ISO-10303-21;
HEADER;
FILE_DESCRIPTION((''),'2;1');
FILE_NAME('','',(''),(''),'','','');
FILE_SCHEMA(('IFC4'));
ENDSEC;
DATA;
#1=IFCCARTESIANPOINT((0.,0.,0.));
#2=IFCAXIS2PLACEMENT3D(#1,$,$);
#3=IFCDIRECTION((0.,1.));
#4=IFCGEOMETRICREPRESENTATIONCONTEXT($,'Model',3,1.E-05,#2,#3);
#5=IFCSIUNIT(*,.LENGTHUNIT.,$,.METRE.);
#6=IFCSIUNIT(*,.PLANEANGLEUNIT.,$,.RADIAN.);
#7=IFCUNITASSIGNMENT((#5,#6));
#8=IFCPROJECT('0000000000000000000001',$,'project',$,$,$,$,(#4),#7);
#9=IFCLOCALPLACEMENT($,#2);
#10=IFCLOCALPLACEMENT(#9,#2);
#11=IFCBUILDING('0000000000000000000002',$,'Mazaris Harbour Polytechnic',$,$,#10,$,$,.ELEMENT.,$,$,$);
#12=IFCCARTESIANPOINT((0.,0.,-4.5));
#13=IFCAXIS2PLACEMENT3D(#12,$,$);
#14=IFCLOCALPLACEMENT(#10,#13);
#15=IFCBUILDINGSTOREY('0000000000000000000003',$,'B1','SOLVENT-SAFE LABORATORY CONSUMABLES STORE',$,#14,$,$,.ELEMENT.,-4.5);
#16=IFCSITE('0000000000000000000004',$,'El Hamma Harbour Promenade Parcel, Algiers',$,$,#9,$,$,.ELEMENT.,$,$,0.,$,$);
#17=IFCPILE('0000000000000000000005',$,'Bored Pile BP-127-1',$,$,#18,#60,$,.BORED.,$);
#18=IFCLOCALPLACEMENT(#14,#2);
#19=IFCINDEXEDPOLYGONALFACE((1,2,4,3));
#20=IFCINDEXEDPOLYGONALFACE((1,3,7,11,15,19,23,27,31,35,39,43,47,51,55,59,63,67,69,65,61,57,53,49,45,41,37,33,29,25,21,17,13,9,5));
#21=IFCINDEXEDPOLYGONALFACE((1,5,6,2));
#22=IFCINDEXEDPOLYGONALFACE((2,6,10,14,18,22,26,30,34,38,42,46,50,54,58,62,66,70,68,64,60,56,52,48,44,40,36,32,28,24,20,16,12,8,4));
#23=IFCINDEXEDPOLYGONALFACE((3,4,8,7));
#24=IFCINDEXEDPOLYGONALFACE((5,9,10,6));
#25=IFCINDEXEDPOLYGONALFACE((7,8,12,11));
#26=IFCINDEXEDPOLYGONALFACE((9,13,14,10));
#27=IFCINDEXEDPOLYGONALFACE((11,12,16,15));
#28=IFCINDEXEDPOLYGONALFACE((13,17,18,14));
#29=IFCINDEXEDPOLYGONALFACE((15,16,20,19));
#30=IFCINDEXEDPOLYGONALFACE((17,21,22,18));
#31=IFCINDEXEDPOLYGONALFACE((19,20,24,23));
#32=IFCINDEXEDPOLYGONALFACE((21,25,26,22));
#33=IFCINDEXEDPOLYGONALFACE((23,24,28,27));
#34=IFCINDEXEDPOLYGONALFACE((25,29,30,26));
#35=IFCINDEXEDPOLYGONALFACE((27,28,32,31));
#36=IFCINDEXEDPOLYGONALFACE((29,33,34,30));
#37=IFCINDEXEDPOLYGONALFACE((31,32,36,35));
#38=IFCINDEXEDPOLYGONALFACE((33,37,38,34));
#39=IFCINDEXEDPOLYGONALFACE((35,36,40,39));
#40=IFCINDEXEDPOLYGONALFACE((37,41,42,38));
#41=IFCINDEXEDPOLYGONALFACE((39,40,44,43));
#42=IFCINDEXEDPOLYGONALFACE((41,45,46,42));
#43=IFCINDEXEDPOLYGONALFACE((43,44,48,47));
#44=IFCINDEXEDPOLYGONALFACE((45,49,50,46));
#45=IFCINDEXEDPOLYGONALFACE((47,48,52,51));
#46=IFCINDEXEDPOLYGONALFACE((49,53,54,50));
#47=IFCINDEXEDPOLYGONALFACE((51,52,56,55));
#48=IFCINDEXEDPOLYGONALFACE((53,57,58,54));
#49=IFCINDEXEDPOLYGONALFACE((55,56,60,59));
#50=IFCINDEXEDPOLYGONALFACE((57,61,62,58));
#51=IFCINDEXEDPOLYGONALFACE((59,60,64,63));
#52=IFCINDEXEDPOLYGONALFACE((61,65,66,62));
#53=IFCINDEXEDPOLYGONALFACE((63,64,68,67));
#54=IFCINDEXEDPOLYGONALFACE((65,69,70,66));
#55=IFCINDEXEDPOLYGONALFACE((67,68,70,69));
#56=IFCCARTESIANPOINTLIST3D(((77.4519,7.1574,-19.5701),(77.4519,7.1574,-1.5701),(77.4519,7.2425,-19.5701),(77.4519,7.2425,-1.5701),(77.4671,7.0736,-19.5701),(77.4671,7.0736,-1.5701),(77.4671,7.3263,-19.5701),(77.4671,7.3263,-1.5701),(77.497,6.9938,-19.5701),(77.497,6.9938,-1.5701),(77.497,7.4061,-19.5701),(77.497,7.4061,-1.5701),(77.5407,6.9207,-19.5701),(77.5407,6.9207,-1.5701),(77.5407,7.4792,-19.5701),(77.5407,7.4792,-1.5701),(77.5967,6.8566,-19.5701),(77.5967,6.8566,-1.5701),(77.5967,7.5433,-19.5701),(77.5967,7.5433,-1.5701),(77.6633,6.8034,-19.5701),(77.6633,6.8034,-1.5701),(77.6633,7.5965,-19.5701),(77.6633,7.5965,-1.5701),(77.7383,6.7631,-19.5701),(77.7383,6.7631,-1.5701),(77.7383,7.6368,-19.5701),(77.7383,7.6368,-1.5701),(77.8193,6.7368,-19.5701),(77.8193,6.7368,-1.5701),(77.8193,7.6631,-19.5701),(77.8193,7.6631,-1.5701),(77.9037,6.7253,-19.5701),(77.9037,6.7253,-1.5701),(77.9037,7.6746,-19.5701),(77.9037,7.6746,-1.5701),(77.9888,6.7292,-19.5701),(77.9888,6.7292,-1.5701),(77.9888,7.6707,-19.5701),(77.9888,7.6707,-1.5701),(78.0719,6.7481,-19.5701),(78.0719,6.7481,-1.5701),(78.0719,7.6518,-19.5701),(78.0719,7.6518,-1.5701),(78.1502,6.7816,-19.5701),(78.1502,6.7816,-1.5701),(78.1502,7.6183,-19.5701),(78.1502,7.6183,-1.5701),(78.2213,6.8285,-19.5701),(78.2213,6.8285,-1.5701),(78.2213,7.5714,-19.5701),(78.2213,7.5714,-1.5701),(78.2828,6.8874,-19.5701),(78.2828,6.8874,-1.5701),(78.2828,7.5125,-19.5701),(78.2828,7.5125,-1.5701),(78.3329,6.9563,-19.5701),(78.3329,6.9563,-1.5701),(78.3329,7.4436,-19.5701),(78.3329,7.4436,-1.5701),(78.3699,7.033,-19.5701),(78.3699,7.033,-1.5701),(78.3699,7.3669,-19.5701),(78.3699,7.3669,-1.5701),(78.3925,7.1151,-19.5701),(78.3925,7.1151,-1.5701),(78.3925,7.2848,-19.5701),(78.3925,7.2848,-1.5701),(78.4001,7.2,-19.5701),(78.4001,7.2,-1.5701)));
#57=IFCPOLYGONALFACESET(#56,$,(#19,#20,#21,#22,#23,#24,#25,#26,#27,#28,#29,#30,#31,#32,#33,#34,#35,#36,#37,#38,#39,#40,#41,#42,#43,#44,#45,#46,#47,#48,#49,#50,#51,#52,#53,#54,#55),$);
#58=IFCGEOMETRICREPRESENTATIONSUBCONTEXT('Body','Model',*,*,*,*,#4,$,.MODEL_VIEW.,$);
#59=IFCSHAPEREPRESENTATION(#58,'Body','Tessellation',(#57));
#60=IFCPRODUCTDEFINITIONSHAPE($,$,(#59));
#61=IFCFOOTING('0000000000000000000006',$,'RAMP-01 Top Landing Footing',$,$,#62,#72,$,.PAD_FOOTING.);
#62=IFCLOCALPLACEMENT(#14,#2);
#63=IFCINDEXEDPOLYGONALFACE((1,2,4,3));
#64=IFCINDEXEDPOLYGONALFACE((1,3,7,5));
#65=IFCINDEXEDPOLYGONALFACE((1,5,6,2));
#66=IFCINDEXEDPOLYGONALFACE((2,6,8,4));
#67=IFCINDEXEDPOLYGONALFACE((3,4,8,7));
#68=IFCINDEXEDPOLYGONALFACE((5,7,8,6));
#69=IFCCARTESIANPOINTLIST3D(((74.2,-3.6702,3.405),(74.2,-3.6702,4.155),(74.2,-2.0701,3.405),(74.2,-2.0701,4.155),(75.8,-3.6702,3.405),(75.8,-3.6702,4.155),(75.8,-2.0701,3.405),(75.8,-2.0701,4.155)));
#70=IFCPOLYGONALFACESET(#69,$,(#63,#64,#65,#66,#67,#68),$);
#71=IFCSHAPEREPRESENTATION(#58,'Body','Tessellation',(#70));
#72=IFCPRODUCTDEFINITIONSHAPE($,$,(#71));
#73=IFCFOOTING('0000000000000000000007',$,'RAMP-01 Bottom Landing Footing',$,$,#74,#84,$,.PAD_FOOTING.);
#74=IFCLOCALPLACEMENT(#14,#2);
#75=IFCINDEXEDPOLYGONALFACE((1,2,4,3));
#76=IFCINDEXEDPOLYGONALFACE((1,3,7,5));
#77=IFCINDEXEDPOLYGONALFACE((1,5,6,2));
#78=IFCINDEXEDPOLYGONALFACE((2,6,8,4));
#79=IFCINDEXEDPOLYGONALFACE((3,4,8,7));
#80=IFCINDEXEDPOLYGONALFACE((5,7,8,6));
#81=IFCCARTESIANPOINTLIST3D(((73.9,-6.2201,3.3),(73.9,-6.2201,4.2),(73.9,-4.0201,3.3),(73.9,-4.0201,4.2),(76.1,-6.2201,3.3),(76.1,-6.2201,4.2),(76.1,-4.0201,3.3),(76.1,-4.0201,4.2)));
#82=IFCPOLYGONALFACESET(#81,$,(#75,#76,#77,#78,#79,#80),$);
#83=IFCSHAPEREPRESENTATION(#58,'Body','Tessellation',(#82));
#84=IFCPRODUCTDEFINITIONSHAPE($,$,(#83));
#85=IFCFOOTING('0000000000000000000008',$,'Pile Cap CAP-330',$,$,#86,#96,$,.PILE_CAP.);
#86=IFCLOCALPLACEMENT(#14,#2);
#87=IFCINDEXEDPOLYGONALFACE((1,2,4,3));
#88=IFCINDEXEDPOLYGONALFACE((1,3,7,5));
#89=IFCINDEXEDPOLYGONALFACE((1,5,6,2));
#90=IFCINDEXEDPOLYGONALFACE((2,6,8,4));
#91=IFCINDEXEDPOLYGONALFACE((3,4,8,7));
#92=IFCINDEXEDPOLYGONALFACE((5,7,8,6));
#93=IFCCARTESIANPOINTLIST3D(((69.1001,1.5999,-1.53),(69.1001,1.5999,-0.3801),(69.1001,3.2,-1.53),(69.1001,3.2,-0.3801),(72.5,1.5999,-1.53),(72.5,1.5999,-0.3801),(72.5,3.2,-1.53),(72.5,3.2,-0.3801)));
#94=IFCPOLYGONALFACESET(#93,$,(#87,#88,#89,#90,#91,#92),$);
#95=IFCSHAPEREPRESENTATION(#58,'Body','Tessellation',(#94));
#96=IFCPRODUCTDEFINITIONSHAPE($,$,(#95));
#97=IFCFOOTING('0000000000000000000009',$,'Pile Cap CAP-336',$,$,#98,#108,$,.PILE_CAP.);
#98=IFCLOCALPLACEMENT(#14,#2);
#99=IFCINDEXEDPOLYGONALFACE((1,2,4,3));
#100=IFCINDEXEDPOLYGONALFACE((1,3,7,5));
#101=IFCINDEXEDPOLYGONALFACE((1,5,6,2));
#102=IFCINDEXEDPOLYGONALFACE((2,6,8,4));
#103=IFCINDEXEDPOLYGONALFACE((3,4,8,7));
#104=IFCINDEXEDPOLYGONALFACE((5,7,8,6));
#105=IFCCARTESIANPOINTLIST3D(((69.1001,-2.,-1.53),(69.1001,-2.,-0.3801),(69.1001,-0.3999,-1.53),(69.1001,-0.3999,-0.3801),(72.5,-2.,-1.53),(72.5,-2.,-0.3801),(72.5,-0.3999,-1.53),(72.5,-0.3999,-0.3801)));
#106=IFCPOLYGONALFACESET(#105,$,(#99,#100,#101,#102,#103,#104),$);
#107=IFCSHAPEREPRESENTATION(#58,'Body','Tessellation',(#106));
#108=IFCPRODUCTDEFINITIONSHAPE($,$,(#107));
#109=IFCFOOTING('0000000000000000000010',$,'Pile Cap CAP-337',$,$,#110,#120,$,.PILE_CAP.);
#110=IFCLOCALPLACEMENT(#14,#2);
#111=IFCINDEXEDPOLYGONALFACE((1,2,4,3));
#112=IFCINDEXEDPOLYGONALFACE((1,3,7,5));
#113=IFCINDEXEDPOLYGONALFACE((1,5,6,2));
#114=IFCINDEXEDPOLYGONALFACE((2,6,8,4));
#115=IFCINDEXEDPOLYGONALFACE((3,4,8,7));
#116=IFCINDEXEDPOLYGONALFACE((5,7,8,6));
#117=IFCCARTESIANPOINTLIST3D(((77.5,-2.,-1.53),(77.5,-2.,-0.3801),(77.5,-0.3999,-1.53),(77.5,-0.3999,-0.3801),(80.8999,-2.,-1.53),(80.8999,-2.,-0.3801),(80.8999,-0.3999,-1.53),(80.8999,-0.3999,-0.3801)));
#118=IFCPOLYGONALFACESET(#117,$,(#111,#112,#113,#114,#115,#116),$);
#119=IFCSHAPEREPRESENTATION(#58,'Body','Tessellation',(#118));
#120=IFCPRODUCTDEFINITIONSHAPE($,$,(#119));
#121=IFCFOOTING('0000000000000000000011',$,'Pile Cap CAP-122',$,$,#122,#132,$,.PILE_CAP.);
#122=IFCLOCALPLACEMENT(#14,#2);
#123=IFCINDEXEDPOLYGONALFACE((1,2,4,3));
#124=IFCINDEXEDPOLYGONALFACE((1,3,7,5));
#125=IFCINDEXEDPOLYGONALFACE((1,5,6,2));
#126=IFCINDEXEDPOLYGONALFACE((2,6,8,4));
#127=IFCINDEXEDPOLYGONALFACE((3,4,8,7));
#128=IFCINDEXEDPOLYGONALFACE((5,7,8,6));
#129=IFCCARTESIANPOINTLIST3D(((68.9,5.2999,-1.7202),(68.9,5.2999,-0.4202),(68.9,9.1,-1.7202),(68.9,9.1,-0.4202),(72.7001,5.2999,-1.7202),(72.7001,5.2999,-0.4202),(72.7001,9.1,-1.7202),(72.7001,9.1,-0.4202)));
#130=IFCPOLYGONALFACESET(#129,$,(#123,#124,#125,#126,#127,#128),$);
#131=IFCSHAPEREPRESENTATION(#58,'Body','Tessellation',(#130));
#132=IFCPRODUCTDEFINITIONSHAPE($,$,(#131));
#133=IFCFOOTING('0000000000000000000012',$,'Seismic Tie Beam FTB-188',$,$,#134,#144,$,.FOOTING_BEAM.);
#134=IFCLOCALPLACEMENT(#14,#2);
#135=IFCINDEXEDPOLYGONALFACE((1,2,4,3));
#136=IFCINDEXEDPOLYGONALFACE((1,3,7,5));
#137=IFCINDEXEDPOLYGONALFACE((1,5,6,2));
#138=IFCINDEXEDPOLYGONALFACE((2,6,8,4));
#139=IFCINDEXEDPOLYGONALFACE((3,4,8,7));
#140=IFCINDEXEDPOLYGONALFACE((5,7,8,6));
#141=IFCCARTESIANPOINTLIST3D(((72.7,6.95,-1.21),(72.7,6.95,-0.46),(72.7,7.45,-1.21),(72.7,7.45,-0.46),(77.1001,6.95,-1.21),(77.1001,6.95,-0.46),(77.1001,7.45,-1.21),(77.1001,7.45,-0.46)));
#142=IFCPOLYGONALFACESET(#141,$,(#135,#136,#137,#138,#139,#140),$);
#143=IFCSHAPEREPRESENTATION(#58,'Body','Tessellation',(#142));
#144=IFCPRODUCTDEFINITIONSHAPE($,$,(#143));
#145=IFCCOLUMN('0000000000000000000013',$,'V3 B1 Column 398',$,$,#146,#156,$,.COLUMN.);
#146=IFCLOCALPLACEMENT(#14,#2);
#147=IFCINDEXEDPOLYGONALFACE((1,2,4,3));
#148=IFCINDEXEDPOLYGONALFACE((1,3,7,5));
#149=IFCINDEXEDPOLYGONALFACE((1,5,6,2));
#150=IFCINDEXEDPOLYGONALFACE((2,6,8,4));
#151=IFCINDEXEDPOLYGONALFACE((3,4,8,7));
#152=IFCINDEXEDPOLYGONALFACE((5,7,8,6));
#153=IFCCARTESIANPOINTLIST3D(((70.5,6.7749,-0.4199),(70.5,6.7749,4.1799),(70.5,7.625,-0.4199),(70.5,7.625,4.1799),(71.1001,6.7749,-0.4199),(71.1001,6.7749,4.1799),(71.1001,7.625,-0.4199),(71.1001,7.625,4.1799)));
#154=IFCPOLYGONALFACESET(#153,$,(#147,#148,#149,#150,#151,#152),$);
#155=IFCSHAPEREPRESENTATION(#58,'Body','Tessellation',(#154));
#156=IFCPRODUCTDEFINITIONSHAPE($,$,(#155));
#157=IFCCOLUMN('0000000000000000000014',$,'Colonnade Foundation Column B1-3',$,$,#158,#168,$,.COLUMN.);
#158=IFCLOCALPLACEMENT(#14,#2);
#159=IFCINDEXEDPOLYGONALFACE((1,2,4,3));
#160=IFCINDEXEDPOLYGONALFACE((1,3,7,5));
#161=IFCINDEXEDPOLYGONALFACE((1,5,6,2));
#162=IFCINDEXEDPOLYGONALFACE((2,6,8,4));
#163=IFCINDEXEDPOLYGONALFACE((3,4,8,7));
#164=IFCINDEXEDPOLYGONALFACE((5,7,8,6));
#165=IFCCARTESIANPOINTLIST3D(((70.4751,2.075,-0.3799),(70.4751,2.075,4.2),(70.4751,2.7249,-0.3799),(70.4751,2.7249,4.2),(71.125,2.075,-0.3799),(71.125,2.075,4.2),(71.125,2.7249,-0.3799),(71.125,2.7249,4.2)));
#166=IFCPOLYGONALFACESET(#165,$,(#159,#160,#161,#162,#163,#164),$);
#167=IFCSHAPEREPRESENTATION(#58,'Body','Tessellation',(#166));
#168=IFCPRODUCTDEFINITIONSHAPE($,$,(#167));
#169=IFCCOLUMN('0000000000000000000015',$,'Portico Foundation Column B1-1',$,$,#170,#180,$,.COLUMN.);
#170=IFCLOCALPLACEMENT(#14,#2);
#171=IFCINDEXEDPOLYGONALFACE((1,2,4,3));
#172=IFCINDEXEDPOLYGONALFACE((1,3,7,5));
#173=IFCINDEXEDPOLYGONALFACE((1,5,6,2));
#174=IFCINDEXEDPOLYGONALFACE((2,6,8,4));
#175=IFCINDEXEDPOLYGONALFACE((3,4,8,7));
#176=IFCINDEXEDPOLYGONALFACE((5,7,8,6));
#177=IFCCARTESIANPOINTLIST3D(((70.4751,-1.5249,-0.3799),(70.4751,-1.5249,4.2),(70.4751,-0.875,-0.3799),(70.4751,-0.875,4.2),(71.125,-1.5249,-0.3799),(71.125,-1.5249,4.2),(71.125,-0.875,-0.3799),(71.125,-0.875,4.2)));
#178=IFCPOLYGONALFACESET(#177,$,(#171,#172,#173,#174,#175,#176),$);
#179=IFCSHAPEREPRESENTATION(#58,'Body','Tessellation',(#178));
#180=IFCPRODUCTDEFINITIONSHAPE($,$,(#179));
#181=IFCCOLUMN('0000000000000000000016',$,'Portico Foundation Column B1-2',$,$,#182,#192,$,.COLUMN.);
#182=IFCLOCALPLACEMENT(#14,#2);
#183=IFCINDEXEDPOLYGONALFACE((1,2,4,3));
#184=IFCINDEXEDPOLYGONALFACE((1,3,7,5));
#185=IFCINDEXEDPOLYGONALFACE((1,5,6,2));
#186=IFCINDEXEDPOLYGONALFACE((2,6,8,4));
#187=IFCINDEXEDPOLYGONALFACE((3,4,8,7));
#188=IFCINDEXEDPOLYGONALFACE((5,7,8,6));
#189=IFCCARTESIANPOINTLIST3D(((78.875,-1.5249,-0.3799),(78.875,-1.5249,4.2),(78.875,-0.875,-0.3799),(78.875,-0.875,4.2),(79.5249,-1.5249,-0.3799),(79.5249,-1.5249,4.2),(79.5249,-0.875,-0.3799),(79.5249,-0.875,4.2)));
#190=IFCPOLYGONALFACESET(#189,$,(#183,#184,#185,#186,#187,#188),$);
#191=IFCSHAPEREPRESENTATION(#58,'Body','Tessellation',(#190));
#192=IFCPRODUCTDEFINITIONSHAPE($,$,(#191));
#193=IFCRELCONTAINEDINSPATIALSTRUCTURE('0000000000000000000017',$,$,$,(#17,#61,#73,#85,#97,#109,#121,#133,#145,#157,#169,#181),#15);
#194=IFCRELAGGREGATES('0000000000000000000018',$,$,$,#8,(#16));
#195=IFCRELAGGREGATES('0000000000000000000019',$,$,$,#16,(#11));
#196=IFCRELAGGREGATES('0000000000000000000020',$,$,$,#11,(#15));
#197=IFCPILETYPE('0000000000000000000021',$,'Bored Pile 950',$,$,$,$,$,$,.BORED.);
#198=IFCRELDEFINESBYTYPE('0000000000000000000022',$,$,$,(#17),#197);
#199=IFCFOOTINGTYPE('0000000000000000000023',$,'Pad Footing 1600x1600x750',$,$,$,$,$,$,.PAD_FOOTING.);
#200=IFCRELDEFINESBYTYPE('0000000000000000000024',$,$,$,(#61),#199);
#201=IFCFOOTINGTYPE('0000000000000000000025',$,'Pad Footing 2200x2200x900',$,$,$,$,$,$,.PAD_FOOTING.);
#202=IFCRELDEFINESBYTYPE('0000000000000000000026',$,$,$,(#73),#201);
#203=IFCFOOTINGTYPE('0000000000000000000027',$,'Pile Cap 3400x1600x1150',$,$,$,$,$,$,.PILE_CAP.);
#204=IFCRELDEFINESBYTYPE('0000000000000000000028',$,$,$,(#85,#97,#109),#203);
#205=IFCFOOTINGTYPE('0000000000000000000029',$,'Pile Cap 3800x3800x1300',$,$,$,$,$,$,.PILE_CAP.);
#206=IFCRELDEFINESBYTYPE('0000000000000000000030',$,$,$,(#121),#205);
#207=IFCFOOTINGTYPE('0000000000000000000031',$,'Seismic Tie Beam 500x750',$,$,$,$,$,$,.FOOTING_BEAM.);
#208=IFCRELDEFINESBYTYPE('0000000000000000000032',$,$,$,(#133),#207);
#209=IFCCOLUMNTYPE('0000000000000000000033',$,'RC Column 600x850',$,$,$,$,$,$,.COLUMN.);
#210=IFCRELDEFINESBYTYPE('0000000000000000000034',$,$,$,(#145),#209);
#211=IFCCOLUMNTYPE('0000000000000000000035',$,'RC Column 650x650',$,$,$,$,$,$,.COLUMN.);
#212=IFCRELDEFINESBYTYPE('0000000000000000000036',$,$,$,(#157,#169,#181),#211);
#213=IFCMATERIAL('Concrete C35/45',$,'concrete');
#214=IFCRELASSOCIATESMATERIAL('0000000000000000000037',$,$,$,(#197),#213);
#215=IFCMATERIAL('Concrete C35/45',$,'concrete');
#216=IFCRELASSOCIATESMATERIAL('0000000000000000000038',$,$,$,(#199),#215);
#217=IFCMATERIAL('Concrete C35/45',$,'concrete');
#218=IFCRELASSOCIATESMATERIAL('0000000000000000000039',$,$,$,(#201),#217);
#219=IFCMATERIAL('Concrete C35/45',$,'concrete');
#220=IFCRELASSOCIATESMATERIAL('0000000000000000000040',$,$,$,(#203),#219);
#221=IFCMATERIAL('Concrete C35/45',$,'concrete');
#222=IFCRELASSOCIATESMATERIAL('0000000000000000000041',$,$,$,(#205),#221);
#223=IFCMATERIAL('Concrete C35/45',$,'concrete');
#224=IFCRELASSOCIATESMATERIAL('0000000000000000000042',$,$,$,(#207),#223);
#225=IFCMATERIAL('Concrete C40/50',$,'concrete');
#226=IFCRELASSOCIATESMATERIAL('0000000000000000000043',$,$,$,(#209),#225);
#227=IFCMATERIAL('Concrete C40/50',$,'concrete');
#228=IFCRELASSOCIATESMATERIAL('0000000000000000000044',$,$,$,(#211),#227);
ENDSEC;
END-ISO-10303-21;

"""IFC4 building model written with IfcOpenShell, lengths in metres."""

from ifc_helpers import new_model, si_unit, direction, frame, origin, origin_2d, place, context, subcontext, project, spatial, rectangle, circle, extrude, material, material_profile, profile_set, type_object, element, save


model = new_model("IFC4")

# Units and contexts
model_context = context("Model", 3, precision=1e-05, world=origin(), true_north=direction((0.0, 1.0)))
body_context = subcontext(model_context, "Body", "Model", "MODEL_VIEW")
ifc_project = project(units=[si_unit("LENGTHUNIT", "METRE"), si_unit("PLANEANGLEUNIT", "RADIAN")], contexts=[model_context])

# Site, building, storey
site_placement = place(None, origin())
site = spatial("IfcSite", under=ifc_project, at=site_placement, Name="El Hamma Harbour Promenade Parcel, Algiers", CompositionType="ELEMENT", RefElevation=0.0)
building_placement = place(site_placement, origin())
building = spatial("IfcBuilding", under=site, at=building_placement, Name="Mazaris Harbour Polytechnic", CompositionType="ELEMENT")
storey_placement = place(building_placement, frame((0.0, 0.0, -4.5)))
storey = spatial("IfcBuildingStorey", under=building, at=storey_placement, Name="B1", Description="SOLVENT-SAFE LABORATORY CONSUMABLES STORE", CompositionType="ELEMENT", Elevation=-4.5)

# Pile
ifc_material_1 = material(Name="Concrete C35/45", Category="concrete")
ifc_material_profile_1 = material_profile(ifc_material_1, circle(Radius=0.4751, at=origin_2d()), Name="DIA950")
ifc_profile_set_1 = profile_set([ifc_material_profile_1], Name="Concrete C35/45")
pile_type_1 = type_object("IfcPileType", Name="Bored Pile 950", PredefinedType="BORED", material=ifc_profile_set_1)
pile_placement = place(storey_placement, frame((77.925, 7.2, -1.5701), z_axis=(0.0, 0.0, -1.0), x_axis=(1.0, 0.0, 0.0)))
element("IfcPile", 1, at=pile_placement, inside=storey, type_object=pile_type_1, Name="Bored Pile BP-127-1", PredefinedType="BORED", context=body_context, shape_type="SweptSolid", body=[
    extrude(circle(Radius=0.4751, at=origin_2d()), origin(), (0.0, 0.0, 1.0), 18.0),
])

# Footings
ifc_material_2 = material(Name="Concrete C35/45", Category="concrete")
footing_type_1 = type_object("IfcFootingType", Name="Pad Footing 1600x1600x750", PredefinedType="PAD_FOOTING", material=ifc_material_2)
footing_1_placement = place(storey_placement, frame((75.0, -2.8701, 3.405), z_axis=(0.0, 0.0, 1.0), x_axis=(1.0, 0.0, 0.0)))
element("IfcFooting", 2, at=footing_1_placement, inside=storey, type_object=footing_type_1, Name="RAMP-01 Top Landing Footing", PredefinedType="PAD_FOOTING", context=body_context, shape_type="SweptSolid", body=[
    extrude(rectangle(XDim=1.6001, YDim=1.6001, at=origin_2d()), origin(), (0.0, 0.0, 1.0), 0.75),
])
ifc_material_3 = material(Name="Concrete C35/45", Category="concrete")
footing_type_2 = type_object("IfcFootingType", Name="Pad Footing 2200x2200x900", PredefinedType="PAD_FOOTING", material=ifc_material_3)
footing_2_placement = place(storey_placement, frame((75.0, -5.1201, 3.3), z_axis=(0.0, 0.0, 1.0), x_axis=(1.0, 0.0, 0.0)))
element("IfcFooting", 3, at=footing_2_placement, inside=storey, type_object=footing_type_2, Name="RAMP-01 Bottom Landing Footing", PredefinedType="PAD_FOOTING", context=body_context, shape_type="SweptSolid", body=[
    extrude(rectangle(XDim=2.2, YDim=2.2, at=origin_2d()), origin(), (0.0, 0.0, 1.0), 0.8999),
])
ifc_material_4 = material(Name="Concrete C35/45", Category="concrete")
footing_type_3 = type_object("IfcFootingType", Name="Pile Cap 3400x1600x1150", PredefinedType="PILE_CAP", material=ifc_material_4)
for number, where, z_axis, x_axis, name in (
    (4, (70.8, 2.3999, -1.53), (0.0, 0.0, 1.0), (1.0, 0.0, 0.0), "Pile Cap CAP-330"),
    (5, (70.8, -1.2, -1.53), (0.0, 0.0, 1.0), (1.0, 0.0, 0.0), "Pile Cap CAP-336"),
    (6, (79.2, -1.2, -1.53), (0.0, 0.0, 1.0), (1.0, 0.0, 0.0), "Pile Cap CAP-337"),
):
    element("IfcFooting", number, at=place(storey_placement, frame(where, z_axis=z_axis, x_axis=x_axis)), inside=storey, type_object=footing_type_3, Name=name, PredefinedType="PILE_CAP", context=body_context, shape_type="SweptSolid", body=[
        extrude(rectangle(XDim=3.3999, YDim=1.6001, at=origin_2d()), origin(), (0.0, 0.0, 1.0), 1.1499),
    ])
ifc_material_5 = material(Name="Concrete C35/45", Category="concrete")
footing_type_4 = type_object("IfcFootingType", Name="Pile Cap 3800x3800x1300", PredefinedType="PILE_CAP", material=ifc_material_5)
footing_3_placement = place(storey_placement, frame((70.8, 7.2, -1.7202), z_axis=(0.0, 0.0, 1.0), x_axis=(1.0, 0.0, 0.0)))
element("IfcFooting", 7, at=footing_3_placement, inside=storey, type_object=footing_type_4, Name="Pile Cap CAP-122", PredefinedType="PILE_CAP", context=body_context, shape_type="SweptSolid", body=[
    extrude(rectangle(XDim=3.8, YDim=3.8, at=origin_2d()), origin(), (0.0, 0.0, 1.0), 1.3),
])
ifc_material_6 = material(Name="Concrete C35/45", Category="concrete")
ifc_material_profile_2 = material_profile(ifc_material_6, rectangle(XDim=0.5, YDim=0.75, at=origin_2d()), Name="RECT500x750")
ifc_profile_set_2 = profile_set([ifc_material_profile_2], Name="Concrete C35/45")
footing_type_5 = type_object("IfcFootingType", Name="Seismic Tie Beam 500x750", PredefinedType="FOOTING_BEAM", material=ifc_profile_set_2)
footing_4_placement = place(storey_placement, frame((72.7, 7.2, -0.835), z_axis=(1.0, 0.0, 0.0), x_axis=(0.0, 1.0, 0.0)))
element("IfcFooting", 8, at=footing_4_placement, inside=storey, type_object=footing_type_5, Name="Seismic Tie Beam FTB-188", PredefinedType="FOOTING_BEAM", context=body_context, shape_type="SweptSolid", body=[
    extrude(rectangle(XDim=0.5, YDim=0.75, at=origin_2d()), origin(), (0.0, 0.0, 1.0), 4.4001),
])

# Columns
ifc_material_7 = material(Name="Concrete C40/50", Category="concrete")
ifc_material_profile_3 = material_profile(ifc_material_7, rectangle(XDim=0.6001, YDim=0.8501, at=origin_2d()), Name="RECT600x850")
ifc_profile_set_3 = profile_set([ifc_material_profile_3], Name="Concrete C40/50")
column_type_1 = type_object("IfcColumnType", Name="RC Column 600x850", PredefinedType="COLUMN", material=ifc_profile_set_3)
column_placement = place(storey_placement, frame((70.8, 7.2, -0.4199), z_axis=(0.0, 0.0, 1.0), x_axis=(1.0, 0.0, 0.0)))
element("IfcColumn", 9, at=column_placement, inside=storey, type_object=column_type_1, Name="V3 B1 Column 398", PredefinedType="COLUMN", context=body_context, shape_type="SweptSolid", body=[
    extrude(rectangle(XDim=0.6001, YDim=0.8501, at=origin_2d()), origin(), (0.0, 0.0, 1.0), 4.5999),
])
ifc_material_8 = material(Name="Concrete C40/50", Category="concrete")
ifc_material_profile_4 = material_profile(ifc_material_8, rectangle(XDim=0.6499, YDim=0.6499, at=origin_2d()), Name="RECT650x650")
ifc_profile_set_4 = profile_set([ifc_material_profile_4], Name="Concrete C40/50")
column_type_2 = type_object("IfcColumnType", Name="RC Column 650x650", PredefinedType="COLUMN", material=ifc_profile_set_4)
for number, where, z_axis, x_axis, name in (
    (10, (70.8, 2.3999, -0.3799), (0.0, 0.0, 1.0), (1.0, 0.0, 0.0), "Colonnade Foundation Column B1-3"),
    (11, (70.8, -1.2, -0.3799), (0.0, 0.0, 1.0), (1.0, 0.0, 0.0), "Portico Foundation Column B1-1"),
    (12, (79.2, -1.2, -0.3799), (0.0, 0.0, 1.0), (1.0, 0.0, 0.0), "Portico Foundation Column B1-2"),
):
    element("IfcColumn", number, at=place(storey_placement, frame(where, z_axis=z_axis, x_axis=x_axis)), inside=storey, type_object=column_type_2, Name=name, PredefinedType="COLUMN", context=body_context, shape_type="SweptSolid", body=[
        extrude(rectangle(XDim=0.6499, YDim=0.6499, at=origin_2d()), origin(), (0.0, 0.0, 1.0), 4.5798),
    ])

save(model, "model.ifc")
